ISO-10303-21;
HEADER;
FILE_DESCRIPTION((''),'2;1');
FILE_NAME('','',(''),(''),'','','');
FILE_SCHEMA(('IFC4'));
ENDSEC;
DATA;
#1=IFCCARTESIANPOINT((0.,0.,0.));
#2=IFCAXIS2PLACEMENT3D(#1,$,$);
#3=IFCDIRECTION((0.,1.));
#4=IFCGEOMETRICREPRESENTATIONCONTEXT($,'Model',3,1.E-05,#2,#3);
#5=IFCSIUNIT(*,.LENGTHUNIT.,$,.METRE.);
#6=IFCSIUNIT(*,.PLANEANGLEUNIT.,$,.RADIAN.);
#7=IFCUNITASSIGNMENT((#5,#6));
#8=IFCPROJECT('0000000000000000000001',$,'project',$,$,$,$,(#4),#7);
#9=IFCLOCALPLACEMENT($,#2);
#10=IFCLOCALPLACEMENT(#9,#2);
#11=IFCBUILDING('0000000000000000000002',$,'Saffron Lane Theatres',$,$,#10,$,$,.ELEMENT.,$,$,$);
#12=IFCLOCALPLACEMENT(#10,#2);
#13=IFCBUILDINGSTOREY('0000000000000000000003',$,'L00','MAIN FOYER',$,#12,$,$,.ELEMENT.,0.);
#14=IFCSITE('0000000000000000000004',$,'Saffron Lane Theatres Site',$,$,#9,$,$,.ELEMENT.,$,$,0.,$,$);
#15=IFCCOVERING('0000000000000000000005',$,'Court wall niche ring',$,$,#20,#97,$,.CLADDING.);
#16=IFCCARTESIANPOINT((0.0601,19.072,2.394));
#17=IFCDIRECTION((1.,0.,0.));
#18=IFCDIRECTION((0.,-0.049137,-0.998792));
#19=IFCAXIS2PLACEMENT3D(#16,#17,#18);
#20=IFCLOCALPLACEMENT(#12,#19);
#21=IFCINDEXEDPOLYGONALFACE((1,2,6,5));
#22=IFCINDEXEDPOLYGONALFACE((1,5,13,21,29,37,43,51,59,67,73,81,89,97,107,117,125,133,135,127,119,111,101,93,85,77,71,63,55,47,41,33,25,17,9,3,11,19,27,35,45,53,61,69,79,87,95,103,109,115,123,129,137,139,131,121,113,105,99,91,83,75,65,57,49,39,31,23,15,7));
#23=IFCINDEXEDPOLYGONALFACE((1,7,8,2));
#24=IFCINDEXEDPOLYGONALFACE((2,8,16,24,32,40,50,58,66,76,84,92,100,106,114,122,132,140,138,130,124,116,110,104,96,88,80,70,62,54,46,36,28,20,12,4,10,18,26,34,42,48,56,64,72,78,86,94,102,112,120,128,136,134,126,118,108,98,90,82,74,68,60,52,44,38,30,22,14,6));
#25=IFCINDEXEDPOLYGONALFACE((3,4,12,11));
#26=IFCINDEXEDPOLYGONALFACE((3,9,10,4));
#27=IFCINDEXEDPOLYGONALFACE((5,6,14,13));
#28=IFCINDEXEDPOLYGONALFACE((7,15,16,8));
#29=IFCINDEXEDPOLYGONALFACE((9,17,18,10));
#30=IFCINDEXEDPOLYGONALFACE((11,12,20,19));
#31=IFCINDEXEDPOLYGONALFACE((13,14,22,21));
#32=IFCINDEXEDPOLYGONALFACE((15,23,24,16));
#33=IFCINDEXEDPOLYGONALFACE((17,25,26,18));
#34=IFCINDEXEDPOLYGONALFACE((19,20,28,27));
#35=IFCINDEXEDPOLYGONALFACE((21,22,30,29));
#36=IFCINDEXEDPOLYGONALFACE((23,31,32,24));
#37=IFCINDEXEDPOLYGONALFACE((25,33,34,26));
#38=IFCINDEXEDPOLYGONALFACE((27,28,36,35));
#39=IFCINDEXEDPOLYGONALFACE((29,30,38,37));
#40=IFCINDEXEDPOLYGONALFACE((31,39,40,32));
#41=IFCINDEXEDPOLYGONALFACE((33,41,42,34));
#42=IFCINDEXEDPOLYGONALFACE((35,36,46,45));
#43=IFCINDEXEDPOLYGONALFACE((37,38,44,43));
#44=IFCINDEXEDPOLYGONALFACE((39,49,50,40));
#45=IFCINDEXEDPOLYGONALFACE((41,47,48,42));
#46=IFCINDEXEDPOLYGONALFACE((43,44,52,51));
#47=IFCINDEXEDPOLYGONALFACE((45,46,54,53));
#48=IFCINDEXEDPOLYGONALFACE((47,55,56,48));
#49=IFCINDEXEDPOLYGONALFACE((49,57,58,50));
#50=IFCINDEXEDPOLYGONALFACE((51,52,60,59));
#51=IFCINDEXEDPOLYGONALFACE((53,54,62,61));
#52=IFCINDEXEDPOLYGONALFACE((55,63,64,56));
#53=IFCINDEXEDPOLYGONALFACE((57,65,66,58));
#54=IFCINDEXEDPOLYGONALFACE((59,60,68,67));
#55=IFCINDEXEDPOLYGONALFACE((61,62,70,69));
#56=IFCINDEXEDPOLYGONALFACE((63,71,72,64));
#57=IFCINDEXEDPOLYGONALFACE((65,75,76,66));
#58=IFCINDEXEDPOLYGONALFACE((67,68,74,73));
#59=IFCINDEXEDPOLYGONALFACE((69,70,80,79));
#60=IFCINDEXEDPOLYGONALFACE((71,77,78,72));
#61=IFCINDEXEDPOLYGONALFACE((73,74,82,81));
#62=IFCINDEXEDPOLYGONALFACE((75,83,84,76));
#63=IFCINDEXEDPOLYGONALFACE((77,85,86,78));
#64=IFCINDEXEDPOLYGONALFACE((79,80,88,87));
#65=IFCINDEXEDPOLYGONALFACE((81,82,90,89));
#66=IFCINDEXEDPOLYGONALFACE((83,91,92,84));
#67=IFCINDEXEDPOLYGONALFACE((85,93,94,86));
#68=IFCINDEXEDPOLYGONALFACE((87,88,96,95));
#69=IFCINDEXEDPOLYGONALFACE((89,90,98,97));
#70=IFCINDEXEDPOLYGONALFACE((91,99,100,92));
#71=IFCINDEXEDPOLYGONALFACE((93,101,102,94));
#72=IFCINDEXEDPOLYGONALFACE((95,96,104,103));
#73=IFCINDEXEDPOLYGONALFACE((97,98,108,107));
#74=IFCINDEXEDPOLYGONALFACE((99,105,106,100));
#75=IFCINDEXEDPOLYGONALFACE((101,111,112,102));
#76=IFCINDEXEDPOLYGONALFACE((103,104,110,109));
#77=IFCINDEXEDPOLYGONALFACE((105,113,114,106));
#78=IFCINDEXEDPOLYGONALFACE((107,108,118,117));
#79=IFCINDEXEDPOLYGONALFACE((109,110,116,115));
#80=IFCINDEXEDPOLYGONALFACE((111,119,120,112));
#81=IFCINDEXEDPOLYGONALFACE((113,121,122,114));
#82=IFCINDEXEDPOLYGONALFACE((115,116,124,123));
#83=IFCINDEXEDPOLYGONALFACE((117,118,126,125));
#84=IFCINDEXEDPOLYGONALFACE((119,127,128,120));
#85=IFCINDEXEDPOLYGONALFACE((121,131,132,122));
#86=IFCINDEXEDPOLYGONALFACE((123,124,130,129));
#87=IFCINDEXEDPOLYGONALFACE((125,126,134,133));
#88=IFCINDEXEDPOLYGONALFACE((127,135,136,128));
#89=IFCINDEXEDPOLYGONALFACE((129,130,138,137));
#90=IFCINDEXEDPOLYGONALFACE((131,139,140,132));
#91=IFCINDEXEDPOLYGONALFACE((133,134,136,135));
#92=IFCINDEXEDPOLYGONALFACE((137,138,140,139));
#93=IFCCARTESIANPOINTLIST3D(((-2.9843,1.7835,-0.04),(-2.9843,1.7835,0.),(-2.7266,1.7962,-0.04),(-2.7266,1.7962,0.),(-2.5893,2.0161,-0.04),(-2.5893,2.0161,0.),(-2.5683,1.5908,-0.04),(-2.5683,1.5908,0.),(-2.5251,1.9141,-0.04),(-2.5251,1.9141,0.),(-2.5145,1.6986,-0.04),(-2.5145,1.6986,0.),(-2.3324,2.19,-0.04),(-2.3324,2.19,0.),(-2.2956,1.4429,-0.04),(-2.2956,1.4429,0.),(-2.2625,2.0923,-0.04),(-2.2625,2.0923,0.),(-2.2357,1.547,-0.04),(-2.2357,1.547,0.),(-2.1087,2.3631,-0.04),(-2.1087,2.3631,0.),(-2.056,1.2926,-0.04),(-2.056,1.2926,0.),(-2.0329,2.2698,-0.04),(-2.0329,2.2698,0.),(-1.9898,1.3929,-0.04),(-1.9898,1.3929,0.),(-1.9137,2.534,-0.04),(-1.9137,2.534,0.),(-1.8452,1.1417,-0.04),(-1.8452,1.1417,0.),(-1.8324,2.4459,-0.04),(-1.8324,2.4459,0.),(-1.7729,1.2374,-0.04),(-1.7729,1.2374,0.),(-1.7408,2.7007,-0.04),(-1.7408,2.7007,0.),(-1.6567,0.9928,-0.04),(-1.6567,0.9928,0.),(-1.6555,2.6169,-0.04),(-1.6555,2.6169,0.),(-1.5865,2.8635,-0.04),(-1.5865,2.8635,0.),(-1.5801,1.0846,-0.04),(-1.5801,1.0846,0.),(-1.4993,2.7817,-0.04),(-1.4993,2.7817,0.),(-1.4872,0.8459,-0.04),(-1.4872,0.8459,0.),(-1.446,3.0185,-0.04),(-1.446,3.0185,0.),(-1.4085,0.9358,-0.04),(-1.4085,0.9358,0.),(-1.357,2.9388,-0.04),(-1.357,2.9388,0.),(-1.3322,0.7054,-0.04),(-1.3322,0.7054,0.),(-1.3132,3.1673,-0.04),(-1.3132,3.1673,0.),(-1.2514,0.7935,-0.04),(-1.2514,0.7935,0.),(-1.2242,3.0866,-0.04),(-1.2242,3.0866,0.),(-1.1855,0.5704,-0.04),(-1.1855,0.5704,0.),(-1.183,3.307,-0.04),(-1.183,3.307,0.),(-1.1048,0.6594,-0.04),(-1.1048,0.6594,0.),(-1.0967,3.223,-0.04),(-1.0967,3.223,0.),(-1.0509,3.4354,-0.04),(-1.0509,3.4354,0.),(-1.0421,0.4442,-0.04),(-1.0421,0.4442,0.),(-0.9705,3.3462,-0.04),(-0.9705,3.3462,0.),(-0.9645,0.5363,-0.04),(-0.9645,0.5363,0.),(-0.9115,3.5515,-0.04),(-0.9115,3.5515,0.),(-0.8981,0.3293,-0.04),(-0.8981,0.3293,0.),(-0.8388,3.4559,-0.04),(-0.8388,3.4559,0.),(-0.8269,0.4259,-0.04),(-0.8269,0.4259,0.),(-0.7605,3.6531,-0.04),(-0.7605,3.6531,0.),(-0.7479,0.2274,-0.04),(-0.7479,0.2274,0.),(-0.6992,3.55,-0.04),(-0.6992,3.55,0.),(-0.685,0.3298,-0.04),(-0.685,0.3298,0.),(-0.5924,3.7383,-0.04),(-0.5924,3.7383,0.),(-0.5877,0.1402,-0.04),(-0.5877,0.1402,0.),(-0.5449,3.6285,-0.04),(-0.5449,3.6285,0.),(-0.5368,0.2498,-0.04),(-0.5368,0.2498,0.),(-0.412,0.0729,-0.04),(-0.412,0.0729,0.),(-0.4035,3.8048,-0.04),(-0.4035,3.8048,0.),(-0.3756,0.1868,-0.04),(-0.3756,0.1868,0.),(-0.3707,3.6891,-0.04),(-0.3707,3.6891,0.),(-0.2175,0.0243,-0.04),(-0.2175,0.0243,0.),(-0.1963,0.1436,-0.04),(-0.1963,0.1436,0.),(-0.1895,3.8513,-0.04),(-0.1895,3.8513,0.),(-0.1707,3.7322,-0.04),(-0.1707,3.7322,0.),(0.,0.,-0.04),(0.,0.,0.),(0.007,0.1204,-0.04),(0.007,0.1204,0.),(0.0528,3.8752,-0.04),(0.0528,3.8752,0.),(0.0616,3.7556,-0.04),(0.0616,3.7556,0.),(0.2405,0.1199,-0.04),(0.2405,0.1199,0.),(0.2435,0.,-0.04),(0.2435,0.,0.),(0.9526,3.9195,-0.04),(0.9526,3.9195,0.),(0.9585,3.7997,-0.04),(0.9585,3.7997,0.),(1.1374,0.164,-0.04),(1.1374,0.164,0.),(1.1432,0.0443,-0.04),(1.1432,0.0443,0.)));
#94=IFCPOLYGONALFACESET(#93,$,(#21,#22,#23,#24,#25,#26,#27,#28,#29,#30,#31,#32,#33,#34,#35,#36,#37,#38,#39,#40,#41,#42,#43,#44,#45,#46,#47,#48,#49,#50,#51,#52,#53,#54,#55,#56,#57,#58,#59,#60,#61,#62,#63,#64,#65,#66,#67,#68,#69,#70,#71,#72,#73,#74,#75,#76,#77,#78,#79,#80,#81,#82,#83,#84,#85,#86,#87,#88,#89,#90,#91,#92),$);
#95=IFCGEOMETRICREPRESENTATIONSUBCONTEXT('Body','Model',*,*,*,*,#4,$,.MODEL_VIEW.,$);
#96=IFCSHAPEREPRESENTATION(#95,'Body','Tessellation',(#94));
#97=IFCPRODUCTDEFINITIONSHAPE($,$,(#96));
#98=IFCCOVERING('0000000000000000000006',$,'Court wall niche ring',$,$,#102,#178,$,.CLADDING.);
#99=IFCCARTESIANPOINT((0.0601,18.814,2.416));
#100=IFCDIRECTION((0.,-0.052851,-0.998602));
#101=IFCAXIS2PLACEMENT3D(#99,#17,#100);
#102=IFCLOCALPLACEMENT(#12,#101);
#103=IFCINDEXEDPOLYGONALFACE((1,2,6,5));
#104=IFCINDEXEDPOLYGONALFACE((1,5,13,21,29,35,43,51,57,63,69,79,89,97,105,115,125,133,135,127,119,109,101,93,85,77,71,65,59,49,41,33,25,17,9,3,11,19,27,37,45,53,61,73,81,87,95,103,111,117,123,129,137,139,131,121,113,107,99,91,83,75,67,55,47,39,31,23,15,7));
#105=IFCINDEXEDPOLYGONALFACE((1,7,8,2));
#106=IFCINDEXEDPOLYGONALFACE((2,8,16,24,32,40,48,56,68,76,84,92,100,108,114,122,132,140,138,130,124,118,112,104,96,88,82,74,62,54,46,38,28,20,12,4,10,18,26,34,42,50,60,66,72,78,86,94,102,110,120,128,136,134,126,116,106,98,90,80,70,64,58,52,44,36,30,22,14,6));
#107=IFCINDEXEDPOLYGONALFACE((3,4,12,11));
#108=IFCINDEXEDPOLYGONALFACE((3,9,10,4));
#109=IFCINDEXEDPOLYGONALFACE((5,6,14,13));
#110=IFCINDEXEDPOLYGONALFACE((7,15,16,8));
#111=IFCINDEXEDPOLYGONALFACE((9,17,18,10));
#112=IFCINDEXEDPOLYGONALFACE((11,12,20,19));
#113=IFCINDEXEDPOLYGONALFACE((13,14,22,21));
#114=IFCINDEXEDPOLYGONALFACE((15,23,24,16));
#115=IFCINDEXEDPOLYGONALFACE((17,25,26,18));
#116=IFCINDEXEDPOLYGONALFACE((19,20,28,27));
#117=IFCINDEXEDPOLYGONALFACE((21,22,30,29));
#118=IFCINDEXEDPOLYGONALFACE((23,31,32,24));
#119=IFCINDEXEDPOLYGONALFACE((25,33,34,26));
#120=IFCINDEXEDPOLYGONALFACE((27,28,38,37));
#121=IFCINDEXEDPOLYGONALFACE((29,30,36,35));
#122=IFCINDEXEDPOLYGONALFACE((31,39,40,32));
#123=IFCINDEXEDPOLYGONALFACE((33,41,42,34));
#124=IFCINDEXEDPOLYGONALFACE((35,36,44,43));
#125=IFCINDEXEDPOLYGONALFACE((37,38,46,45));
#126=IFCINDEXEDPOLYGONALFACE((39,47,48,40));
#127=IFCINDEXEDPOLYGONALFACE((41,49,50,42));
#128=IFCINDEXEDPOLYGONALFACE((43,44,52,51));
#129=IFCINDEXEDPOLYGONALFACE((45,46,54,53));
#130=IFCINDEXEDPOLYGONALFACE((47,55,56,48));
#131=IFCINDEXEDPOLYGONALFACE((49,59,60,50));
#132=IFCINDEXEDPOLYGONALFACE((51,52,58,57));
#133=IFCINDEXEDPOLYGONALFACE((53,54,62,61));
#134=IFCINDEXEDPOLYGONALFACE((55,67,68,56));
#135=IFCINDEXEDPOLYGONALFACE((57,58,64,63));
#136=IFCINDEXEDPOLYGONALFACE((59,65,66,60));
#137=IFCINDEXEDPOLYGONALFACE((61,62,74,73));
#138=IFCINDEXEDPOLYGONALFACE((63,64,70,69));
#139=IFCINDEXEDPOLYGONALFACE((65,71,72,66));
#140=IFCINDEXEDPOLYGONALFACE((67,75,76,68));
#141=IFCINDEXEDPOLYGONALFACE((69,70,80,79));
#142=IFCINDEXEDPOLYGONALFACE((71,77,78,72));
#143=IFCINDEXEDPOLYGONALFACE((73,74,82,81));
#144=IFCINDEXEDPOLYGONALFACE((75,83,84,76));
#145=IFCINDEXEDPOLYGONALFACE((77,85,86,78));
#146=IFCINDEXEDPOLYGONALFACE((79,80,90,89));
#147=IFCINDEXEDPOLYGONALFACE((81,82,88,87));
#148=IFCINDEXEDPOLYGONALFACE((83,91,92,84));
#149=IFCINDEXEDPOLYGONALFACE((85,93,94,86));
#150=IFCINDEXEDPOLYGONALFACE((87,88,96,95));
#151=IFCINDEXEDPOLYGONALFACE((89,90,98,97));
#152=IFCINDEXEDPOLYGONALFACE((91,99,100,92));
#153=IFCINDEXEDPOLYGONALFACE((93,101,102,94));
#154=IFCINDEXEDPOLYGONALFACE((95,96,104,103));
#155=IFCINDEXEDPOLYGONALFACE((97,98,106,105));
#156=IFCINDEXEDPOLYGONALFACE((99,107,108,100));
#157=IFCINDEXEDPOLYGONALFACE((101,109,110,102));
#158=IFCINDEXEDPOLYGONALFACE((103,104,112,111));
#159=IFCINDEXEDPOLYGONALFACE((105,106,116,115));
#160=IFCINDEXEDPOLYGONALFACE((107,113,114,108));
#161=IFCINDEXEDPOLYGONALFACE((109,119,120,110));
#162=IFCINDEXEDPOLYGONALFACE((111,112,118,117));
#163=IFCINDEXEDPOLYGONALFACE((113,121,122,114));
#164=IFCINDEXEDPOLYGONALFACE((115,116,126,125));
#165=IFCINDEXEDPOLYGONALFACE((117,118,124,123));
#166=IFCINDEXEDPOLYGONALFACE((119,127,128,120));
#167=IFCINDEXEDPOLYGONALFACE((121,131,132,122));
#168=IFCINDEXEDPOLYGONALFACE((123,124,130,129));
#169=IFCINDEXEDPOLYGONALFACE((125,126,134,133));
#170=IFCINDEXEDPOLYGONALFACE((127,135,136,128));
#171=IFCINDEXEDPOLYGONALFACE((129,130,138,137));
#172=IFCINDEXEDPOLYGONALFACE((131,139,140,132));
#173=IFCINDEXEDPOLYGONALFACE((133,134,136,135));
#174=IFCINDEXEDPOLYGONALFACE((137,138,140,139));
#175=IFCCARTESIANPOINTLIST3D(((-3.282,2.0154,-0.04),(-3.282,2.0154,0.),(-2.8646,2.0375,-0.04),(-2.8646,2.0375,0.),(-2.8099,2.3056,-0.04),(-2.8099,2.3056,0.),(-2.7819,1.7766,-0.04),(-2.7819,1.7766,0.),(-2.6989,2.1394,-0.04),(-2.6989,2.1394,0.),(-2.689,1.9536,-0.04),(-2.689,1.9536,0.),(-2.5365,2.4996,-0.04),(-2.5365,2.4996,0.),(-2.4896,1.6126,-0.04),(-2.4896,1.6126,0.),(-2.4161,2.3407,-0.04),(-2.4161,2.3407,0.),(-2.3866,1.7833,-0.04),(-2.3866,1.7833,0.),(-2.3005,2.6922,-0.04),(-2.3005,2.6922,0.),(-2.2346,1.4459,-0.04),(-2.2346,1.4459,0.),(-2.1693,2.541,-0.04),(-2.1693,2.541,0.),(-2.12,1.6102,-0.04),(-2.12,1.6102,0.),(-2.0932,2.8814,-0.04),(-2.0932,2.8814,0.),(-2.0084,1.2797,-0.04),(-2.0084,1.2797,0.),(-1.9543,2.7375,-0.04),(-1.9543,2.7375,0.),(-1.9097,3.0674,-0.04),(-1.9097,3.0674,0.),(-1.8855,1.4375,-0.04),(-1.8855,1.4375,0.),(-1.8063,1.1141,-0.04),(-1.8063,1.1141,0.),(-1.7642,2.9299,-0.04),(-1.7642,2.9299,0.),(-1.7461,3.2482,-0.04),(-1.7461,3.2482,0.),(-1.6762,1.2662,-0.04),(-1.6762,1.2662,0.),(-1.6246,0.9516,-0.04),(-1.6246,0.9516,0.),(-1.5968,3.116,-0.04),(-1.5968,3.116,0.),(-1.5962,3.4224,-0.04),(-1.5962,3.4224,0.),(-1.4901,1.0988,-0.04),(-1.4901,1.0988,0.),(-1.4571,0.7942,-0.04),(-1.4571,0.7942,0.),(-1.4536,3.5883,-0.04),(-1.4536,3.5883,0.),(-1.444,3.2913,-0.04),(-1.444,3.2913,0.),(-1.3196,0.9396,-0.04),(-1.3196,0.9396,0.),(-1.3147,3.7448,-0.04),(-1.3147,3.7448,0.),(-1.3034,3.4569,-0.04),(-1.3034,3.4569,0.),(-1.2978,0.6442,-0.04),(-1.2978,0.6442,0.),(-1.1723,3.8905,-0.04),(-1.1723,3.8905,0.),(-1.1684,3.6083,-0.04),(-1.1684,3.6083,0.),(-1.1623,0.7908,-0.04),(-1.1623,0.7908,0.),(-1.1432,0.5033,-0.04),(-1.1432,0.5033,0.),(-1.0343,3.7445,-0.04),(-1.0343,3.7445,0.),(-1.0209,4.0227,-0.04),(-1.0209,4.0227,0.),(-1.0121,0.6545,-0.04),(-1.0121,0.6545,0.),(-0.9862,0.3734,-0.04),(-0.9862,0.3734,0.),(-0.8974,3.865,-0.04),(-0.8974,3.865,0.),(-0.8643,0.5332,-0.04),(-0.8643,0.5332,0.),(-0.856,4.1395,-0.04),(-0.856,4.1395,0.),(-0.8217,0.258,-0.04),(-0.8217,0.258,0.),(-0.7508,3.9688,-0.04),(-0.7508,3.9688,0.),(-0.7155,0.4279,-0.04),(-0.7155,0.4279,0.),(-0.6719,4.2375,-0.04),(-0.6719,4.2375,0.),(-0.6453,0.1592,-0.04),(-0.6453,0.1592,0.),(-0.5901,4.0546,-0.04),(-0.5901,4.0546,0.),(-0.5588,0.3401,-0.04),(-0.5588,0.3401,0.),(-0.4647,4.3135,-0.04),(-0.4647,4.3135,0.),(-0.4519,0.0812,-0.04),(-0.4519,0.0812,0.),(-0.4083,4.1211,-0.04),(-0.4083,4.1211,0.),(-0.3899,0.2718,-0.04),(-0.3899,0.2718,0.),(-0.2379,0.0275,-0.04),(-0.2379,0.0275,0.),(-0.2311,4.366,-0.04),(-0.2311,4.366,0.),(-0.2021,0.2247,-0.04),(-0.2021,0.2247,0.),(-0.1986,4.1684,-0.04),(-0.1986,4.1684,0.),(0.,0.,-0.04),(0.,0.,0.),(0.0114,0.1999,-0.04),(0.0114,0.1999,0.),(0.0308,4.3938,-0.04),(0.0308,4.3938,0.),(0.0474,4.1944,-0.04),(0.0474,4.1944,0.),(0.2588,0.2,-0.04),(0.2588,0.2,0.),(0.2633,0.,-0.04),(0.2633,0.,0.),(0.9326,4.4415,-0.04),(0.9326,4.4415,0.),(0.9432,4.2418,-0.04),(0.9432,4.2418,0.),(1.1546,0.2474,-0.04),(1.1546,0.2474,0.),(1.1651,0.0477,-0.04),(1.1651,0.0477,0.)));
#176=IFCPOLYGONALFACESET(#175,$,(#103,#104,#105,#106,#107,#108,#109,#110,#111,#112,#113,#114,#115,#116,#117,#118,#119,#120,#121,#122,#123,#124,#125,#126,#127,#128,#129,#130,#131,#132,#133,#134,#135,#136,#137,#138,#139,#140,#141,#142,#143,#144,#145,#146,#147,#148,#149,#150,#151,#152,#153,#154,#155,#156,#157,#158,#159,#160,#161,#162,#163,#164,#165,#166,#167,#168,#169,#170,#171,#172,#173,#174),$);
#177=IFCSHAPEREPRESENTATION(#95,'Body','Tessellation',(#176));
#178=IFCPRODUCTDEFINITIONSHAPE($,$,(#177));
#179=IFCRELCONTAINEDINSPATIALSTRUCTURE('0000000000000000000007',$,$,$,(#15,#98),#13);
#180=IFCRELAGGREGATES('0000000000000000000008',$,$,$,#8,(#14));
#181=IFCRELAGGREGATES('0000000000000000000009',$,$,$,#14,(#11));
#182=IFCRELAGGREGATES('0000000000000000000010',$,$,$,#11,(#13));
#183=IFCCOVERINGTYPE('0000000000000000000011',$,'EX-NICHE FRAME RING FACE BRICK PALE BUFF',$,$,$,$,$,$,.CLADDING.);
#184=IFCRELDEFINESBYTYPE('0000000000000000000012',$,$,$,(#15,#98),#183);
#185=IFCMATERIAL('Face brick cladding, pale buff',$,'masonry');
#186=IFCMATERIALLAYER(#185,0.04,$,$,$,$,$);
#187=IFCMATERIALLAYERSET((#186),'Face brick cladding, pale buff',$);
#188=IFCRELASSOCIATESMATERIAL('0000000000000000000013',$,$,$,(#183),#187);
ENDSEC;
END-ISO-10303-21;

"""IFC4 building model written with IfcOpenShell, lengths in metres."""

from ifc_helpers import new_model, si_unit, direction, frame, origin, place, context, subcontext, project, spatial, polyline, outline, extrude, material, layer, layer_set, type_object, element, save


model = new_model("IFC4")

# Units and contexts
model_context = context("Model", 3, precision=1e-05, world=origin(), true_north=direction((0.0, 1.0)))
body_context = subcontext(model_context, "Body", "Model", "MODEL_VIEW")
ifc_project = project(units=[si_unit("LENGTHUNIT", "METRE"), si_unit("PLANEANGLEUNIT", "RADIAN")], contexts=[model_context])

# Site, building, storey
site_placement = place(None, origin())
site = spatial("IfcSite", under=ifc_project, at=site_placement, Name="Saffron Lane Theatres Site", CompositionType="ELEMENT", RefElevation=0.0)
building_placement = place(site_placement, origin())
building = spatial("IfcBuilding", under=site, at=building_placement, Name="Saffron Lane Theatres", CompositionType="ELEMENT")
storey_placement = place(building_placement, origin())
storey = spatial("IfcBuildingStorey", under=building, at=storey_placement, Name="L00", Description="MAIN FOYER", CompositionType="ELEMENT", Elevation=0.0)

# Coverings
ifc_material_1 = material(Name="Face brick cladding, pale buff", Category="masonry")
ifc_layer_1 = layer(ifc_material_1, 0.04)
ifc_layer_set_1 = layer_set([ifc_layer_1], Name="Face brick cladding, pale buff")
covering_type_1 = type_object("IfcCoveringType", Name="EX-NICHE FRAME RING FACE BRICK PALE BUFF", PredefinedType="CLADDING", material=ifc_layer_set_1)
covering_1_placement = place(storey_placement, frame((0.0601, 19.072, 2.394), z_axis=(1.0, 0.0, 0.0), x_axis=(0.0, -0.049137, -0.998792)))
element("IfcCovering", 1, at=covering_1_placement, inside=storey, type_object=covering_type_1, Name="Court wall niche ring", PredefinedType="CLADDING", context=body_context, shape_type="SweptSolid", body=[
    extrude(outline(polyline([(0.0, 0.0), (0.2435, 0.0), (1.1432, 0.0443), (1.1374, 0.164), (0.2405, 0.1199), (0.007, 0.1204), (-0.1963, 0.1436), (-0.3756, 0.1868), (-0.5368, 0.2498), (-0.685, 0.3298), (-0.8269, 0.4259), (-0.9645, 0.5363), (-1.1048, 0.6594), (-1.2514, 0.7935), (-1.4085, 0.9358), (-1.5801, 1.0846), (-1.7729, 1.2374), (-1.9898, 1.3929), (-2.2357, 1.547), (-2.5145, 1.6986), (-2.7266, 1.7962), (-2.5251, 1.9141), (-2.2625, 2.0923), (-2.0329, 2.2698), (-1.8324, 2.4459), (-1.6555, 2.6169), (-1.4993, 2.7817), (-1.357, 2.9388), (-1.2242, 3.0866), (-1.0967, 3.223), (-0.9705, 3.3462), (-0.8388, 3.4559), (-0.6992, 3.55), (-0.5449, 3.6285), (-0.3707, 3.6891), (-0.1707, 3.7322), (0.0616, 3.7556), (0.9585, 3.7997), (0.9526, 3.9195), (0.0528, 3.8752), (-0.1895, 3.8513), (-0.4035, 3.8048), (-0.5924, 3.7383), (-0.7605, 3.6531), (-0.9115, 3.5515), (-1.0509, 3.4354), (-1.183, 3.307), (-1.3132, 3.1673), (-1.446, 3.0185), (-1.5865, 2.8635), (-1.7408, 2.7007), (-1.9137, 2.534), (-2.1087, 2.3631), (-2.3324, 2.19), (-2.5893, 2.0161), (-2.9843, 1.7835), (-2.5683, 1.5908), (-2.2956, 1.4429), (-2.056, 1.2926), (-1.8452, 1.1417), (-1.6567, 0.9928), (-1.4872, 0.8459), (-1.3322, 0.7054), (-1.1855, 0.5704), (-1.0421, 0.4442), (-0.8981, 0.3293), (-0.7479, 0.2274), (-0.5877, 0.1402), (-0.412, 0.0729), (-0.2175, 0.0243), (0.0, 0.0)])), origin(), (0.0, 0.0, -1.0), 0.04),
])
covering_2_placement = place(storey_placement, frame((0.0601, 18.814, 2.416), z_axis=(1.0, 0.0, 0.0), x_axis=(0.0, -0.052851, -0.998602)))
element("IfcCovering", 2, at=covering_2_placement, inside=storey, type_object=covering_type_1, Name="Court wall niche ring", PredefinedType="CLADDING", context=body_context, shape_type="SweptSolid", body=[
    extrude(outline(polyline([(0.0, 0.0), (0.2633, 0.0), (1.1651, 0.0477), (1.1546, 0.2474), (0.2588, 0.2), (0.0114, 0.1999), (-0.2021, 0.2247), (-0.3899, 0.2718), (-0.5588, 0.3401), (-0.7155, 0.4279), (-0.8643, 0.5332), (-1.0121, 0.6545), (-1.1623, 0.7908), (-1.3196, 0.9396), (-1.4901, 1.0988), (-1.6762, 1.2662), (-1.8855, 1.4375), (-2.12, 1.6102), (-2.3866, 1.7833), (-2.689, 1.9536), (-2.8646, 2.0375), (-2.6989, 2.1394), (-2.4161, 2.3407), (-2.1693, 2.541), (-1.9543, 2.7375), (-1.7642, 2.9299), (-1.5968, 3.116), (-1.444, 3.2913), (-1.3034, 3.4569), (-1.1684, 3.6083), (-1.0343, 3.7445), (-0.8974, 3.865), (-0.7508, 3.9688), (-0.5901, 4.0546), (-0.4083, 4.1211), (-0.1986, 4.1684), (0.0474, 4.1944), (0.9432, 4.2418), (0.9326, 4.4415), (0.0308, 4.3938), (-0.2311, 4.366), (-0.4647, 4.3135), (-0.6719, 4.2375), (-0.856, 4.1395), (-1.0209, 4.0227), (-1.1723, 3.8905), (-1.3147, 3.7448), (-1.4536, 3.5883), (-1.5962, 3.4224), (-1.7461, 3.2482), (-1.9097, 3.0674), (-2.0932, 2.8814), (-2.3005, 2.6922), (-2.5365, 2.4996), (-2.8099, 2.3056), (-3.282, 2.0154), (-2.7819, 1.7766), (-2.4896, 1.6126), (-2.2346, 1.4459), (-2.0084, 1.2797), (-1.8063, 1.1141), (-1.6246, 0.9516), (-1.4571, 0.7942), (-1.2978, 0.6442), (-1.1432, 0.5033), (-0.9862, 0.3734), (-0.8217, 0.258), (-0.6453, 0.1592), (-0.4519, 0.0812), (-0.2379, 0.0275), (0.0, 0.0)])), origin(), (0.0, 0.0, -1.0), 0.04),
])

save(model, "model.ifc")
